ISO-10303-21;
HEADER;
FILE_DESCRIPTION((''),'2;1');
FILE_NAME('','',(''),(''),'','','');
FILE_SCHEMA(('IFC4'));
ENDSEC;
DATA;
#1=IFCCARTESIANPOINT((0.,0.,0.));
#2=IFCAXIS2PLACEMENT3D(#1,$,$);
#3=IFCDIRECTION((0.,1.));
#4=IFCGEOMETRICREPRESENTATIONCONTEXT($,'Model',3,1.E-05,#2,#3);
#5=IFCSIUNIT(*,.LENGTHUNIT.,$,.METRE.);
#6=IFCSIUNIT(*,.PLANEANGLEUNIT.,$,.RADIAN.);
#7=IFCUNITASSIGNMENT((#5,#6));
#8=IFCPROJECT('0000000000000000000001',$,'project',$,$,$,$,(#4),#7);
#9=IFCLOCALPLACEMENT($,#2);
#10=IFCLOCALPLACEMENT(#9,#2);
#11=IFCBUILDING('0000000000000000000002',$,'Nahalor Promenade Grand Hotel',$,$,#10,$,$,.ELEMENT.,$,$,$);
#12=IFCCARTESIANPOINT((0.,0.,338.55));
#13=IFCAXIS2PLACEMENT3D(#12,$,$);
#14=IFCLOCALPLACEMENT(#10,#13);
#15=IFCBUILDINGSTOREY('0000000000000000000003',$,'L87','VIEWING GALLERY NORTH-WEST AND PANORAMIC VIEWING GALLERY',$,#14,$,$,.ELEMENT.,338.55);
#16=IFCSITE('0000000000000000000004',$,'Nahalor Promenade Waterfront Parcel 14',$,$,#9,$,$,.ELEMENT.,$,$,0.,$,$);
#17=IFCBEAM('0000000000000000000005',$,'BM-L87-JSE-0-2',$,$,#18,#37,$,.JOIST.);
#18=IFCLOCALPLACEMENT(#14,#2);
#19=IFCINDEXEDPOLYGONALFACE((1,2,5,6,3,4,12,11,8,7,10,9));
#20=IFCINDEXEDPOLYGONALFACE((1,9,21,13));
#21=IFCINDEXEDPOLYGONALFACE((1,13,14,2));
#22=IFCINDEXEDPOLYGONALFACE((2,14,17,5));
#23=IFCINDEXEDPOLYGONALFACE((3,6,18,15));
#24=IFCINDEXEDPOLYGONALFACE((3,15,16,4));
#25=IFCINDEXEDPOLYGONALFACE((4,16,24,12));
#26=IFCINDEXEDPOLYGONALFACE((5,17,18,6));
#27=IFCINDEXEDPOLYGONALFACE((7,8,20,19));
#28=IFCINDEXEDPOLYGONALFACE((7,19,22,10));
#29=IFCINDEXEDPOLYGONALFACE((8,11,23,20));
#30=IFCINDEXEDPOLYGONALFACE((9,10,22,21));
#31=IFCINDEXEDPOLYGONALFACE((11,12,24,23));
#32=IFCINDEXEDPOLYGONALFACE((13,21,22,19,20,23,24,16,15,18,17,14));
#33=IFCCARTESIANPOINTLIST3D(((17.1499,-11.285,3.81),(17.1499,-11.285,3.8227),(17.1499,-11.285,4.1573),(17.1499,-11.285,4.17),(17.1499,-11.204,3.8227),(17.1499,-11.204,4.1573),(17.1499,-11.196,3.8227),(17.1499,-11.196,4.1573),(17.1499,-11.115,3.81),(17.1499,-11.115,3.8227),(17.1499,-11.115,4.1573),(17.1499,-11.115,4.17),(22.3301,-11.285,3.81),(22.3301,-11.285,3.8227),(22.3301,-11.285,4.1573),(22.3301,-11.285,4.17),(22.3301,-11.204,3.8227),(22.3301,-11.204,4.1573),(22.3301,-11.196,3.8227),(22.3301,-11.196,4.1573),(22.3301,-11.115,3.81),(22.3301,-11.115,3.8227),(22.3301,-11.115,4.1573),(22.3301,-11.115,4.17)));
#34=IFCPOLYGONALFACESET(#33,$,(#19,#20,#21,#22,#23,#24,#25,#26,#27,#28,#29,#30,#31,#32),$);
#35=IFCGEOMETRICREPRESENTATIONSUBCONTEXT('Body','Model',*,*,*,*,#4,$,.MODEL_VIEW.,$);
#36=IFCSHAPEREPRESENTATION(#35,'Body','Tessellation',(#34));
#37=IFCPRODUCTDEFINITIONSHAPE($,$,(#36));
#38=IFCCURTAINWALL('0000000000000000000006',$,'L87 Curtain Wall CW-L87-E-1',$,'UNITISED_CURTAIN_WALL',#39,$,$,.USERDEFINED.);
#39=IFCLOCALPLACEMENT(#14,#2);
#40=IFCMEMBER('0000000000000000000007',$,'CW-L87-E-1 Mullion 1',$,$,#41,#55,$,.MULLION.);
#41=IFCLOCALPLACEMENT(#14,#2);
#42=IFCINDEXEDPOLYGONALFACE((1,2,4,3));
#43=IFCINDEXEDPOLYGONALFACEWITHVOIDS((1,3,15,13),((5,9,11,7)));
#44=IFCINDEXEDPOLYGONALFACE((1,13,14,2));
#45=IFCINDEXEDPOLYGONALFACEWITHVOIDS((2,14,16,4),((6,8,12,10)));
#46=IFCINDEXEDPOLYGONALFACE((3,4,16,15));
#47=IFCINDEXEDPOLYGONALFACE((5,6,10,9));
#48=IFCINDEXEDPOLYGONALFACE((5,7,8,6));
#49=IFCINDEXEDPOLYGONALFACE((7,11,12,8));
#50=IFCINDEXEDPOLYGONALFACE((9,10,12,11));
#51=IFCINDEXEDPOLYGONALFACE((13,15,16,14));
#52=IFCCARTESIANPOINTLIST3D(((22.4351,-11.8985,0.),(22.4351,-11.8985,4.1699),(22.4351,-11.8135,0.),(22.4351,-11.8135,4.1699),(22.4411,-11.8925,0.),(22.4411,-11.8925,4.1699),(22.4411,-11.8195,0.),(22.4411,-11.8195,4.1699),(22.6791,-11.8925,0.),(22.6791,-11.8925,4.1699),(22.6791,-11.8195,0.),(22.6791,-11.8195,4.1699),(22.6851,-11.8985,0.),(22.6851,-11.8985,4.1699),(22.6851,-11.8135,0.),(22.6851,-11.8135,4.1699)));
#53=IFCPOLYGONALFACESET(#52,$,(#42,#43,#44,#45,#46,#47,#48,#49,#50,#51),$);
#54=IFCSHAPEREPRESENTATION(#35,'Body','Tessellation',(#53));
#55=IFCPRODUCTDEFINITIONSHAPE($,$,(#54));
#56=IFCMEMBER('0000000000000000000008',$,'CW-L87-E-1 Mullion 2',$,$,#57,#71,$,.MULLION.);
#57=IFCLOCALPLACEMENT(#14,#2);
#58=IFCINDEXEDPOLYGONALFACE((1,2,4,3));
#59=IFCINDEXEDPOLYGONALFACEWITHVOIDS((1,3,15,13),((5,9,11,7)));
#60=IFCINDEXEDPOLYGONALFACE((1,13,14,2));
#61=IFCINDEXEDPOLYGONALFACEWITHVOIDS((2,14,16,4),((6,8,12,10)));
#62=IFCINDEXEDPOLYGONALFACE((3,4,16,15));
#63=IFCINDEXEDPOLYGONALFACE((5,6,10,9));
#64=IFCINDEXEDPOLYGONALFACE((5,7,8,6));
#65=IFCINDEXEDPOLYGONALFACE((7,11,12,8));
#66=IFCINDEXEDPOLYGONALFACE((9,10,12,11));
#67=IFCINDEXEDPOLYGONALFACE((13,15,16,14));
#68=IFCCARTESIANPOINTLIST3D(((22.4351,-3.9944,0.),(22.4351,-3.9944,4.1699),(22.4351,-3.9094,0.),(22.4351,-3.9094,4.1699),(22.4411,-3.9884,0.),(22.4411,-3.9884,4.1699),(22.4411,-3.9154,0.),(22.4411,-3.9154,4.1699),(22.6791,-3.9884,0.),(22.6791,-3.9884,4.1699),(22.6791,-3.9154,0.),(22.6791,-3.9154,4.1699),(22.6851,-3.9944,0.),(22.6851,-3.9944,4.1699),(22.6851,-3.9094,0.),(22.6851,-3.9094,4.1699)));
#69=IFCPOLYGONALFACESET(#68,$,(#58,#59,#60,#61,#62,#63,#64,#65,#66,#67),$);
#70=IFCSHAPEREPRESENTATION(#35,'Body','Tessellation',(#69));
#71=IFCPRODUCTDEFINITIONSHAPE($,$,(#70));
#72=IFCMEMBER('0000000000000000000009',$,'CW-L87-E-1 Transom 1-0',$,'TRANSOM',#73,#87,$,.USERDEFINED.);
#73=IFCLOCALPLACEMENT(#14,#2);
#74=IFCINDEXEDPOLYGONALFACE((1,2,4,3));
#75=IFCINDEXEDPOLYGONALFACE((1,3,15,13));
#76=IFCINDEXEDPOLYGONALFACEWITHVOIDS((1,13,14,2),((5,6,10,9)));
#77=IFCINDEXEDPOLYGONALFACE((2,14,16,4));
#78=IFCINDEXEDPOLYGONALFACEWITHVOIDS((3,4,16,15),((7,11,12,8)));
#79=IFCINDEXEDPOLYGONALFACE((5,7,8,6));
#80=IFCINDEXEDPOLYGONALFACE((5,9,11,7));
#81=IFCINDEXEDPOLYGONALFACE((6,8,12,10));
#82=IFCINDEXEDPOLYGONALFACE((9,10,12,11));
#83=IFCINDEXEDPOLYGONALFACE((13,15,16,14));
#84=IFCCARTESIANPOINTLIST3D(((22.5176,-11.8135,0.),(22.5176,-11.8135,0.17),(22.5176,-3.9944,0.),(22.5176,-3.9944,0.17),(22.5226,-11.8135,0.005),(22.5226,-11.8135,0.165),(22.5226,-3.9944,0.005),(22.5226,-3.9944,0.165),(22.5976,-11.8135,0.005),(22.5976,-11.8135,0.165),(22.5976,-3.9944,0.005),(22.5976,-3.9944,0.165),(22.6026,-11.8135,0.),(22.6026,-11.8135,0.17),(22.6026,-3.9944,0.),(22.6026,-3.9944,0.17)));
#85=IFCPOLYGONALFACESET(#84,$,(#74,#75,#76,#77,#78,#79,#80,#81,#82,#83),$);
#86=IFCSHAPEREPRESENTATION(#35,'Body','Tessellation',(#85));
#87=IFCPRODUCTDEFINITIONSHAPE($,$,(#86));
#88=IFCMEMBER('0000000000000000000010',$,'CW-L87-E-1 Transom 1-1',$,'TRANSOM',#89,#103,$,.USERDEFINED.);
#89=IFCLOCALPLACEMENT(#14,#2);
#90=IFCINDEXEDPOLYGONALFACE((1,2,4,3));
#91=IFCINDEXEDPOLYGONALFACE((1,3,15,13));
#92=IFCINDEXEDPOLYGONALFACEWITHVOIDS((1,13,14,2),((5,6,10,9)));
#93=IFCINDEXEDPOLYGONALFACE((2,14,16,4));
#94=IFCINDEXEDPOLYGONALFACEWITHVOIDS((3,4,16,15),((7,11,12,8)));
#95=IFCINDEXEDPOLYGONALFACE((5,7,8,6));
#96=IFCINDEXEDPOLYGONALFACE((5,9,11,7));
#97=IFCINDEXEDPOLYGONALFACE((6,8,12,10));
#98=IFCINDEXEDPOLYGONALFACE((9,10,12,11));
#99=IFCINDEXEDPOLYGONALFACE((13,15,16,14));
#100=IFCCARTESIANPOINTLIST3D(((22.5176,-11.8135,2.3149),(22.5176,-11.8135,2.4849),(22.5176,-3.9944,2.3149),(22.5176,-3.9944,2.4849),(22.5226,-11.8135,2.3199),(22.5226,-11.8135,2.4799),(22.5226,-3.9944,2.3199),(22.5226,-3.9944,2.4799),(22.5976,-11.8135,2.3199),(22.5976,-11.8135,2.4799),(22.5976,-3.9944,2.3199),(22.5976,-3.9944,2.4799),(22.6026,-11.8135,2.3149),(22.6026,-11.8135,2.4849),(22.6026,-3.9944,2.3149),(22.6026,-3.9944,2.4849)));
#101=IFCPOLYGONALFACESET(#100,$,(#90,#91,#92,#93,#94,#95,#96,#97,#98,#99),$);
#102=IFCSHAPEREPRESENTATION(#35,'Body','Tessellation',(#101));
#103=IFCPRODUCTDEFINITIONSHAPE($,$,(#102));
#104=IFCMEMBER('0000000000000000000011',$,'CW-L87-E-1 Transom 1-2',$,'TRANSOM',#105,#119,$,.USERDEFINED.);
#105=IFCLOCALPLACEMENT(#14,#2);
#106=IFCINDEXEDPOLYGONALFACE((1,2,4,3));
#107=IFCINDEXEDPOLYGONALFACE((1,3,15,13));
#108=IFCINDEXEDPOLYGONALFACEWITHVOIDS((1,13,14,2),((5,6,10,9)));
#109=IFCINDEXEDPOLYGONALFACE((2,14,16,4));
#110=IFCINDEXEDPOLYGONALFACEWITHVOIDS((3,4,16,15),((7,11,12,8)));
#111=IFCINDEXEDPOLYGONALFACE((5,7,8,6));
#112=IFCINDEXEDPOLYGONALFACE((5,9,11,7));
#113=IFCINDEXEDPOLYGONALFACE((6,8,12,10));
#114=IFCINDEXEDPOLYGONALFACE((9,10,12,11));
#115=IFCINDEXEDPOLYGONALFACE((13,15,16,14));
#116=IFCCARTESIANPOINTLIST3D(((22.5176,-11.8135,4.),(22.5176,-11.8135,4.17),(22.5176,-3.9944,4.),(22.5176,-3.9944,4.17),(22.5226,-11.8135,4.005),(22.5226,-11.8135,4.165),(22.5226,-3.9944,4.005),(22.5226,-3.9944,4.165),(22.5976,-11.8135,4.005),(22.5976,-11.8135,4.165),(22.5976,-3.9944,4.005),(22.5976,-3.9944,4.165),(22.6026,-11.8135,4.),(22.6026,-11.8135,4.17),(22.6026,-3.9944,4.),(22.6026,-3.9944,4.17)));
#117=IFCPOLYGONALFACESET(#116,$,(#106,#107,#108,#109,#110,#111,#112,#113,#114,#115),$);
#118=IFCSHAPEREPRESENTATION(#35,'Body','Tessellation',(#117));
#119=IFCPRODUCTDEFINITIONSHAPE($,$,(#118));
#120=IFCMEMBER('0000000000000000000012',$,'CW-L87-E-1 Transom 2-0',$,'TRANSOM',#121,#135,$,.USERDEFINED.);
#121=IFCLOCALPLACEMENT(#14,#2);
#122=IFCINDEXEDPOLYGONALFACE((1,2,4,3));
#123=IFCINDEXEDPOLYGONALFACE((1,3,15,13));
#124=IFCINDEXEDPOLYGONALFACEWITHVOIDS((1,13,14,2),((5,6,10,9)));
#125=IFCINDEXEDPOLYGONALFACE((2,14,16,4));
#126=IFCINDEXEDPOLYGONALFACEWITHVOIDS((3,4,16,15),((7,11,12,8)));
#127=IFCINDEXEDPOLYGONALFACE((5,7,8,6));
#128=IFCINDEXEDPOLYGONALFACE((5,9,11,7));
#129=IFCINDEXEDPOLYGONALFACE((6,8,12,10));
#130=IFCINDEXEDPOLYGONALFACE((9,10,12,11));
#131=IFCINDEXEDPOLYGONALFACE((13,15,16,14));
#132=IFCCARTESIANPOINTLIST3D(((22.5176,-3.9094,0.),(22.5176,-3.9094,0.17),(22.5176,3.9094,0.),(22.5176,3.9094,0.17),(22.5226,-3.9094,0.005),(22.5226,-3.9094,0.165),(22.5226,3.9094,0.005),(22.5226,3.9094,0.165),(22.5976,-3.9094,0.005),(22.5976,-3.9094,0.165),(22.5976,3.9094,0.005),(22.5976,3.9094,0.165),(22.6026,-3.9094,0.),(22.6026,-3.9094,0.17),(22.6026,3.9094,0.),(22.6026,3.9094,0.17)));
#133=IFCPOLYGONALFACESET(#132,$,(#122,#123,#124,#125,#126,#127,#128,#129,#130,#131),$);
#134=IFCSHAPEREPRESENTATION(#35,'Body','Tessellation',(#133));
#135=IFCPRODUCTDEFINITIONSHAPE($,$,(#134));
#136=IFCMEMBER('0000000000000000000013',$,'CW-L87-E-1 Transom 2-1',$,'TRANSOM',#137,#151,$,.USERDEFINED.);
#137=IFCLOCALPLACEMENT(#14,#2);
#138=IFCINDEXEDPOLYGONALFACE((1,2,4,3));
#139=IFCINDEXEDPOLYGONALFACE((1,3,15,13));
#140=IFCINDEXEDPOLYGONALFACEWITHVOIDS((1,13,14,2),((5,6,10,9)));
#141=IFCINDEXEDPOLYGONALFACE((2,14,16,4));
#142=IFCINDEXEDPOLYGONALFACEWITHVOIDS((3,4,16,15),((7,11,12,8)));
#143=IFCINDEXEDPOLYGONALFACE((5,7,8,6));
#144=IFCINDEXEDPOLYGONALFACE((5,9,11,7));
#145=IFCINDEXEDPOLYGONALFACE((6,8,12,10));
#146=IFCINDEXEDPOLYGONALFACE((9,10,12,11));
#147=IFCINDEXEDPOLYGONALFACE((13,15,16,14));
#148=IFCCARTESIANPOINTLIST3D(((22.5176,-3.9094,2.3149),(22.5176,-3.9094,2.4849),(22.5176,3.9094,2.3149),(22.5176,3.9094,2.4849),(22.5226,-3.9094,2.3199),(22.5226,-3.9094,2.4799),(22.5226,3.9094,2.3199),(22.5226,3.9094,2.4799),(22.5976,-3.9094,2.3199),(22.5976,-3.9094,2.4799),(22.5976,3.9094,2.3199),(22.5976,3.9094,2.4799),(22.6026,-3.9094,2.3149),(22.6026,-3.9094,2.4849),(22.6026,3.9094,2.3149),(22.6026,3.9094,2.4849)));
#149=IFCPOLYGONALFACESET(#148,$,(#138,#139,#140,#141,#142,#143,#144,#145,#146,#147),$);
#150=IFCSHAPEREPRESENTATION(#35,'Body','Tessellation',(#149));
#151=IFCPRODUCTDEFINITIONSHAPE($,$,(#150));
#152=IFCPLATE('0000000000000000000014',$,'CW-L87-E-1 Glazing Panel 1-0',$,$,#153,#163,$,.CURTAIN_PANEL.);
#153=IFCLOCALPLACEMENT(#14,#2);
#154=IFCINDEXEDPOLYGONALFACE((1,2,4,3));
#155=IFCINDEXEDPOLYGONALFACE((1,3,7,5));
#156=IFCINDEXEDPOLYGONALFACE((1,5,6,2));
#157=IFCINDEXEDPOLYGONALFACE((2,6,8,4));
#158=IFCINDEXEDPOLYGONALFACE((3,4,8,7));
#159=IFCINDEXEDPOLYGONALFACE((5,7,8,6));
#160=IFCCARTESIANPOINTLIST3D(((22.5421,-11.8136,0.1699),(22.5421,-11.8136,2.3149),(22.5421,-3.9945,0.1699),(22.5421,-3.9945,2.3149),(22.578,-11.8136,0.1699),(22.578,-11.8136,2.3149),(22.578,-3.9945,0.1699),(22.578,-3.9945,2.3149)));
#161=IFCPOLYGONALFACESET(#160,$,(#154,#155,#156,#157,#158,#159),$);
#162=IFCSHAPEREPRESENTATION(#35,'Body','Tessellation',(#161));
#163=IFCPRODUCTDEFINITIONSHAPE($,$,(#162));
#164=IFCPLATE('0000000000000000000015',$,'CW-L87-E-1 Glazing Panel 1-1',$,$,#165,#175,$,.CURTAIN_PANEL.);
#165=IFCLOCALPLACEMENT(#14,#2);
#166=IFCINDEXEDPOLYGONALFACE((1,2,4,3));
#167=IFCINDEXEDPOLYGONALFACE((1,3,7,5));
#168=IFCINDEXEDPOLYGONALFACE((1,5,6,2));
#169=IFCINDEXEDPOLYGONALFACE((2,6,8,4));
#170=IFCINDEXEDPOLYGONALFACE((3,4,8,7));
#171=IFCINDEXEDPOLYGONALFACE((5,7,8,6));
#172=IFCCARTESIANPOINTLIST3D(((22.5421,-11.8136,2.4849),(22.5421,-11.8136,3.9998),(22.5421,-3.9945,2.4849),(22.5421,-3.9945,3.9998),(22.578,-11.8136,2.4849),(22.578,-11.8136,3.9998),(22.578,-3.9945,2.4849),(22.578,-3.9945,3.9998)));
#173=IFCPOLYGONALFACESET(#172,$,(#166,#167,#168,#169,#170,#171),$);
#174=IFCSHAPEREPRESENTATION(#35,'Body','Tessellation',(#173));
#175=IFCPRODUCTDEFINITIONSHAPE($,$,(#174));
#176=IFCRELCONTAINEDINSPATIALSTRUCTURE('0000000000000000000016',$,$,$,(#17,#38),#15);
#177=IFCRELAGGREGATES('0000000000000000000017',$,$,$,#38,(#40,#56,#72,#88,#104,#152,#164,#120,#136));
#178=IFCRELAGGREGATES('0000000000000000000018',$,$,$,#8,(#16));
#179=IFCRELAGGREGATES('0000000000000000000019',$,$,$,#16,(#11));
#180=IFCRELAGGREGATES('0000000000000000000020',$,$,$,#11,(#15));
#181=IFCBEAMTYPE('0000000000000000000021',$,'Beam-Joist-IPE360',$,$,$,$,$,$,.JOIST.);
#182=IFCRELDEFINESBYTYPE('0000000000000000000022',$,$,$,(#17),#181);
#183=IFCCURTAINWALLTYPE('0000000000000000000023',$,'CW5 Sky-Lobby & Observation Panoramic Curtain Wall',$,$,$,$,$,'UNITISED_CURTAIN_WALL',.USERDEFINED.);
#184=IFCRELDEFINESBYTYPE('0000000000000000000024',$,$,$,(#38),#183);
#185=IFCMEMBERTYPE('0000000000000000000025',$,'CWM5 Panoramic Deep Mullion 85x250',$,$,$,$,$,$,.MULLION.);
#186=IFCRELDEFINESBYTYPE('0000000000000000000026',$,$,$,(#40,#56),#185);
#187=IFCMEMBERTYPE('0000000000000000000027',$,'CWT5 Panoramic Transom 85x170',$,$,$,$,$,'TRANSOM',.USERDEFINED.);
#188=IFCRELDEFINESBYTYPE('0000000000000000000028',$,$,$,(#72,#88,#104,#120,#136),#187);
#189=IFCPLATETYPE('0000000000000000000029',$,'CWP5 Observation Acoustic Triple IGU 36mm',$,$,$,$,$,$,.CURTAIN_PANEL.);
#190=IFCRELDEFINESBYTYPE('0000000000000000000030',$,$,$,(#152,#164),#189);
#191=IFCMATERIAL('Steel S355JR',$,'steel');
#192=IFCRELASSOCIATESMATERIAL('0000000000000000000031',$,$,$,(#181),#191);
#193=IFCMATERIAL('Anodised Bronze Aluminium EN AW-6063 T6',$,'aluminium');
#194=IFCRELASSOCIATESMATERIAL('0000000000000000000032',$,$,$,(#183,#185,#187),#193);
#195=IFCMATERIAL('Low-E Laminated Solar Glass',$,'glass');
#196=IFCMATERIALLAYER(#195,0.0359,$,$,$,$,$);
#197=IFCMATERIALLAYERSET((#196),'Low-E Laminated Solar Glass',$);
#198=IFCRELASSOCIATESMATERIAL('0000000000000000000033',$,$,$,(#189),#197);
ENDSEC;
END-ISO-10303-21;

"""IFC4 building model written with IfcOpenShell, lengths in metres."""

from ifc_helpers import new_model, si_unit, direction, frame, origin, origin_2d, place, context, subcontext, project, spatial, rectangle, hollow_rectangle, i_section, extrude, source, transform, mapped, material, layer, layer_set, material_profile, profile_set, type_object, element, aggregate, save


model = new_model("IFC4")

# Units and contexts
model_context = context("Model", 3, precision=1e-05, world=origin(), true_north=direction((0.0, 1.0)))
body_context = subcontext(model_context, "Body", "Model", "MODEL_VIEW")
ifc_project = project(units=[si_unit("LENGTHUNIT", "METRE"), si_unit("PLANEANGLEUNIT", "RADIAN")], contexts=[model_context])

# Site, building, storey
site_placement = place(None, origin())
site = spatial("IfcSite", under=ifc_project, at=site_placement, Name="Nahalor Promenade Waterfront Parcel 14", CompositionType="ELEMENT", RefElevation=0.0)
building_placement = place(site_placement, origin())
building = spatial("IfcBuilding", under=site, at=building_placement, Name="Nahalor Promenade Grand Hotel", CompositionType="ELEMENT")
storey_placement = place(building_placement, frame((0.0, 0.0, 338.55)))
storey = spatial("IfcBuildingStorey", under=building, at=storey_placement, Name="L87", Description="VIEWING GALLERY NORTH-WEST AND PANORAMIC VIEWING GALLERY", CompositionType="ELEMENT", Elevation=338.55)

# Shared definitions
ifc_material_1 = material(Name="Steel S355JR", Category="steel")

# Beam
ifc_material_profile_1 = material_profile(ifc_material_1, i_section(OverallWidth=0.17, OverallDepth=0.36, WebThickness=0.008, FlangeThickness=0.0127, at=origin_2d()), Name="IPE 360")
ifc_profile_set_1 = profile_set([ifc_material_profile_1], Name="Steel S355JR")
beam_type_1 = type_object("IfcBeamType", Name="Beam-Joist-IPE360", PredefinedType="JOIST", material=ifc_profile_set_1)
shared_shape_1 = source(origin(), body_context, "Body", "SweptSolid", [
    extrude(i_section(OverallWidth=0.17, OverallDepth=0.36, WebThickness=0.008, FlangeThickness=0.0127, at=origin_2d()), origin(), (0.0, 0.0, 1.0), 5.1802),
])
beam_1_placement = place(storey_placement, frame((17.1499, -11.2, 3.99), z_axis=(1.0, 0.0, 0.0), x_axis=(0.0, 1.0, 0.0)))
element("IfcBeam", 1, at=beam_1_placement, inside=storey, type_object=beam_type_1, Name="BM-L87-JSE-0-2", PredefinedType="JOIST", context=body_context, shape_type="MappedRepresentation", body=[
    mapped(shared_shape_1, transform((0.0, 0.0, 0.0), scale=1.0)),
])

# Curtain wall, members, plates
ifc_material_2 = material(Name="Anodised Bronze Aluminium EN AW-6063 T6", Category="aluminium")
curtain_wall_type = type_object("IfcCurtainWallType", Name="CW5 Sky-Lobby & Observation Panoramic Curtain Wall", ElementType="UNITISED_CURTAIN_WALL", PredefinedType="USERDEFINED", material=ifc_material_2)
curtain_wall_placement = place(storey_placement, origin())
curtain_wall = element("IfcCurtainWall", 2, at=curtain_wall_placement, inside=storey, type_object=curtain_wall_type, Name="L87 Curtain Wall CW-L87-E-1", ObjectType="UNITISED_CURTAIN_WALL", PredefinedType="USERDEFINED")
ifc_material_profile_2 = material_profile(ifc_material_2, hollow_rectangle(XDim=0.085, YDim=0.25, WallThickness=0.006, at=origin_2d()), Name="CWM 85x250x6")
ifc_profile_set_2 = profile_set([ifc_material_profile_2], Name="Anodised Bronze Aluminium EN AW-6063 T6")
member_type_1 = type_object("IfcMemberType", Name="CWM5 Panoramic Deep Mullion 85x250", PredefinedType="MULLION", material=ifc_profile_set_2)
shared_shape_2 = source(origin(), body_context, "Body", "SweptSolid", [
    extrude(hollow_rectangle(XDim=0.085, YDim=0.25, WallThickness=0.006, at=origin_2d()), origin(), (0.0, 0.0, 1.0), 4.1699),
])
member_1_placement = place(storey_placement, frame((22.5601, -11.856, 0.0), z_axis=(0.0, 0.0, 1.0), x_axis=(0.0, 1.0, 0.0)))
member_1 = element("IfcMember", 3, at=member_1_placement, type_object=member_type_1, Name="CW-L87-E-1 Mullion 1", PredefinedType="MULLION", context=body_context, shape_type="MappedRepresentation", body=[
    mapped(shared_shape_2, transform((0.0, 0.0, 0.0), scale=1.0)),
])
member_2_placement = place(storey_placement, frame((22.5601, -3.9519, 0.0), z_axis=(0.0, 0.0, 1.0), x_axis=(0.0, 1.0, 0.0)))
member_2 = element("IfcMember", 4, at=member_2_placement, type_object=member_type_1, Name="CW-L87-E-1 Mullion 2", PredefinedType="MULLION", context=body_context, shape_type="MappedRepresentation", body=[
    mapped(shared_shape_2, transform((0.0, 0.0, 0.0), scale=1.0)),
])
ifc_material_profile_3 = material_profile(ifc_material_2, hollow_rectangle(XDim=0.085, YDim=0.17, WallThickness=0.005, at=origin_2d()), Name="CWT 85x170x5")
ifc_profile_set_3 = profile_set([ifc_material_profile_3], Name="Anodised Bronze Aluminium EN AW-6063 T6")
member_type_2 = type_object("IfcMemberType", Name="CWT5 Panoramic Transom 85x170", ElementType="TRANSOM", PredefinedType="USERDEFINED", material=ifc_profile_set_3)
shared_shape_3 = source(origin(), body_context, "Body", "SweptSolid", [
    extrude(hollow_rectangle(XDim=0.085, YDim=0.17, WallThickness=0.005, at=origin_2d()), origin(), (0.0, 0.0, 1.0), 7.8191),
])
member_3_placement = place(storey_placement, frame((22.5601, -11.8135, 0.085), z_axis=(0.0, 1.0, 0.0), x_axis=(-1.0, 0.0, 0.0)))
member_3 = element("IfcMember", 5, at=member_3_placement, type_object=member_type_2, Name="CW-L87-E-1 Transom 1-0", ObjectType="TRANSOM", PredefinedType="USERDEFINED", context=body_context, shape_type="MappedRepresentation", body=[
    mapped(shared_shape_3, transform((0.0, 0.0, 0.0), scale=1.0)),
])
member_4_placement = place(storey_placement, frame((22.5601, -11.8135, 2.3999), z_axis=(0.0, 1.0, 0.0), x_axis=(-1.0, 0.0, 0.0)))
member_4 = element("IfcMember", 6, at=member_4_placement, type_object=member_type_2, Name="CW-L87-E-1 Transom 1-1", ObjectType="TRANSOM", PredefinedType="USERDEFINED", context=body_context, shape_type="MappedRepresentation", body=[
    mapped(shared_shape_3, transform((0.0, 0.0, 0.0), scale=1.0)),
])
member_5_placement = place(storey_placement, frame((22.5601, -11.8135, 4.085), z_axis=(0.0, 1.0, 0.0), x_axis=(-1.0, 0.0, 0.0)))
member_5 = element("IfcMember", 7, at=member_5_placement, type_object=member_type_2, Name="CW-L87-E-1 Transom 1-2", ObjectType="TRANSOM", PredefinedType="USERDEFINED", context=body_context, shape_type="MappedRepresentation", body=[
    mapped(shared_shape_3, transform((0.0, 0.0, 0.0), scale=1.0)),
])
shared_shape_4 = source(origin(), body_context, "Body", "SweptSolid", [
    extrude(hollow_rectangle(XDim=0.085, YDim=0.17, WallThickness=0.005, at=origin_2d()), origin(), (0.0, 0.0, 1.0), 7.8188),
])
member_6_placement = place(storey_placement, frame((22.5601, -3.9094, 0.085), z_axis=(0.0, 1.0, 0.0), x_axis=(-1.0, 0.0, 0.0)))
member_6 = element("IfcMember", 8, at=member_6_placement, type_object=member_type_2, Name="CW-L87-E-1 Transom 2-0", ObjectType="TRANSOM", PredefinedType="USERDEFINED", context=body_context, shape_type="MappedRepresentation", body=[
    mapped(shared_shape_4, transform((0.0, 0.0, 0.0), scale=1.0)),
])
member_7_placement = place(storey_placement, frame((22.5601, -3.9094, 2.3999), z_axis=(0.0, 1.0, 0.0), x_axis=(-1.0, 0.0, 0.0)))
member_7 = element("IfcMember", 9, at=member_7_placement, type_object=member_type_2, Name="CW-L87-E-1 Transom 2-1", ObjectType="TRANSOM", PredefinedType="USERDEFINED", context=body_context, shape_type="MappedRepresentation", body=[
    mapped(shared_shape_4, transform((0.0, 0.0, 0.0), scale=1.0)),
])
ifc_material_3 = material(Name="Low-E Laminated Solar Glass", Category="glass")
ifc_layer_1 = layer(ifc_material_3, 0.0359)
ifc_layer_set_1 = layer_set([ifc_layer_1], Name="Low-E Laminated Solar Glass")
plate_type = type_object("IfcPlateType", Name="CWP5 Observation Acoustic Triple IGU 36mm", PredefinedType="CURTAIN_PANEL", material=ifc_layer_set_1)
shared_shape_5 = source(origin(), body_context, "Body", "SweptSolid", [
    extrude(rectangle(XDim=7.8191, YDim=0.0359, at=origin_2d()), origin(), (0.0, 0.0, 1.0), 2.145),
])
plate_1_placement = place(storey_placement, frame((22.5601, -7.9041, 0.1699), z_axis=(0.0, 0.0, 1.0), x_axis=(0.0, 1.0, 0.0)))
plate_1 = element("IfcPlate", 10, at=plate_1_placement, type_object=plate_type, Name="CW-L87-E-1 Glazing Panel 1-0", PredefinedType="CURTAIN_PANEL", context=body_context, shape_type="MappedRepresentation", body=[
    mapped(shared_shape_5, transform((0.0, 0.0, 0.0), scale=1.0)),
])
shared_shape_6 = source(origin(), body_context, "Body", "SweptSolid", [
    extrude(rectangle(XDim=7.8191, YDim=0.0359, at=origin_2d()), origin(), (0.0, 0.0, 1.0), 1.5149),
])
plate_2_placement = place(storey_placement, frame((22.5601, -7.9041, 2.4849), z_axis=(0.0, 0.0, 1.0), x_axis=(0.0, 1.0, 0.0)))
plate_2 = element("IfcPlate", 11, at=plate_2_placement, type_object=plate_type, Name="CW-L87-E-1 Glazing Panel 1-1", PredefinedType="CURTAIN_PANEL", context=body_context, shape_type="MappedRepresentation", body=[
    mapped(shared_shape_6, transform((0.0, 0.0, 0.0), scale=1.0)),
])
aggregate(curtain_wall, [member_1, member_2, member_3, member_4, member_5, plate_1, plate_2, member_6, member_7])

save(model, "model.ifc")
